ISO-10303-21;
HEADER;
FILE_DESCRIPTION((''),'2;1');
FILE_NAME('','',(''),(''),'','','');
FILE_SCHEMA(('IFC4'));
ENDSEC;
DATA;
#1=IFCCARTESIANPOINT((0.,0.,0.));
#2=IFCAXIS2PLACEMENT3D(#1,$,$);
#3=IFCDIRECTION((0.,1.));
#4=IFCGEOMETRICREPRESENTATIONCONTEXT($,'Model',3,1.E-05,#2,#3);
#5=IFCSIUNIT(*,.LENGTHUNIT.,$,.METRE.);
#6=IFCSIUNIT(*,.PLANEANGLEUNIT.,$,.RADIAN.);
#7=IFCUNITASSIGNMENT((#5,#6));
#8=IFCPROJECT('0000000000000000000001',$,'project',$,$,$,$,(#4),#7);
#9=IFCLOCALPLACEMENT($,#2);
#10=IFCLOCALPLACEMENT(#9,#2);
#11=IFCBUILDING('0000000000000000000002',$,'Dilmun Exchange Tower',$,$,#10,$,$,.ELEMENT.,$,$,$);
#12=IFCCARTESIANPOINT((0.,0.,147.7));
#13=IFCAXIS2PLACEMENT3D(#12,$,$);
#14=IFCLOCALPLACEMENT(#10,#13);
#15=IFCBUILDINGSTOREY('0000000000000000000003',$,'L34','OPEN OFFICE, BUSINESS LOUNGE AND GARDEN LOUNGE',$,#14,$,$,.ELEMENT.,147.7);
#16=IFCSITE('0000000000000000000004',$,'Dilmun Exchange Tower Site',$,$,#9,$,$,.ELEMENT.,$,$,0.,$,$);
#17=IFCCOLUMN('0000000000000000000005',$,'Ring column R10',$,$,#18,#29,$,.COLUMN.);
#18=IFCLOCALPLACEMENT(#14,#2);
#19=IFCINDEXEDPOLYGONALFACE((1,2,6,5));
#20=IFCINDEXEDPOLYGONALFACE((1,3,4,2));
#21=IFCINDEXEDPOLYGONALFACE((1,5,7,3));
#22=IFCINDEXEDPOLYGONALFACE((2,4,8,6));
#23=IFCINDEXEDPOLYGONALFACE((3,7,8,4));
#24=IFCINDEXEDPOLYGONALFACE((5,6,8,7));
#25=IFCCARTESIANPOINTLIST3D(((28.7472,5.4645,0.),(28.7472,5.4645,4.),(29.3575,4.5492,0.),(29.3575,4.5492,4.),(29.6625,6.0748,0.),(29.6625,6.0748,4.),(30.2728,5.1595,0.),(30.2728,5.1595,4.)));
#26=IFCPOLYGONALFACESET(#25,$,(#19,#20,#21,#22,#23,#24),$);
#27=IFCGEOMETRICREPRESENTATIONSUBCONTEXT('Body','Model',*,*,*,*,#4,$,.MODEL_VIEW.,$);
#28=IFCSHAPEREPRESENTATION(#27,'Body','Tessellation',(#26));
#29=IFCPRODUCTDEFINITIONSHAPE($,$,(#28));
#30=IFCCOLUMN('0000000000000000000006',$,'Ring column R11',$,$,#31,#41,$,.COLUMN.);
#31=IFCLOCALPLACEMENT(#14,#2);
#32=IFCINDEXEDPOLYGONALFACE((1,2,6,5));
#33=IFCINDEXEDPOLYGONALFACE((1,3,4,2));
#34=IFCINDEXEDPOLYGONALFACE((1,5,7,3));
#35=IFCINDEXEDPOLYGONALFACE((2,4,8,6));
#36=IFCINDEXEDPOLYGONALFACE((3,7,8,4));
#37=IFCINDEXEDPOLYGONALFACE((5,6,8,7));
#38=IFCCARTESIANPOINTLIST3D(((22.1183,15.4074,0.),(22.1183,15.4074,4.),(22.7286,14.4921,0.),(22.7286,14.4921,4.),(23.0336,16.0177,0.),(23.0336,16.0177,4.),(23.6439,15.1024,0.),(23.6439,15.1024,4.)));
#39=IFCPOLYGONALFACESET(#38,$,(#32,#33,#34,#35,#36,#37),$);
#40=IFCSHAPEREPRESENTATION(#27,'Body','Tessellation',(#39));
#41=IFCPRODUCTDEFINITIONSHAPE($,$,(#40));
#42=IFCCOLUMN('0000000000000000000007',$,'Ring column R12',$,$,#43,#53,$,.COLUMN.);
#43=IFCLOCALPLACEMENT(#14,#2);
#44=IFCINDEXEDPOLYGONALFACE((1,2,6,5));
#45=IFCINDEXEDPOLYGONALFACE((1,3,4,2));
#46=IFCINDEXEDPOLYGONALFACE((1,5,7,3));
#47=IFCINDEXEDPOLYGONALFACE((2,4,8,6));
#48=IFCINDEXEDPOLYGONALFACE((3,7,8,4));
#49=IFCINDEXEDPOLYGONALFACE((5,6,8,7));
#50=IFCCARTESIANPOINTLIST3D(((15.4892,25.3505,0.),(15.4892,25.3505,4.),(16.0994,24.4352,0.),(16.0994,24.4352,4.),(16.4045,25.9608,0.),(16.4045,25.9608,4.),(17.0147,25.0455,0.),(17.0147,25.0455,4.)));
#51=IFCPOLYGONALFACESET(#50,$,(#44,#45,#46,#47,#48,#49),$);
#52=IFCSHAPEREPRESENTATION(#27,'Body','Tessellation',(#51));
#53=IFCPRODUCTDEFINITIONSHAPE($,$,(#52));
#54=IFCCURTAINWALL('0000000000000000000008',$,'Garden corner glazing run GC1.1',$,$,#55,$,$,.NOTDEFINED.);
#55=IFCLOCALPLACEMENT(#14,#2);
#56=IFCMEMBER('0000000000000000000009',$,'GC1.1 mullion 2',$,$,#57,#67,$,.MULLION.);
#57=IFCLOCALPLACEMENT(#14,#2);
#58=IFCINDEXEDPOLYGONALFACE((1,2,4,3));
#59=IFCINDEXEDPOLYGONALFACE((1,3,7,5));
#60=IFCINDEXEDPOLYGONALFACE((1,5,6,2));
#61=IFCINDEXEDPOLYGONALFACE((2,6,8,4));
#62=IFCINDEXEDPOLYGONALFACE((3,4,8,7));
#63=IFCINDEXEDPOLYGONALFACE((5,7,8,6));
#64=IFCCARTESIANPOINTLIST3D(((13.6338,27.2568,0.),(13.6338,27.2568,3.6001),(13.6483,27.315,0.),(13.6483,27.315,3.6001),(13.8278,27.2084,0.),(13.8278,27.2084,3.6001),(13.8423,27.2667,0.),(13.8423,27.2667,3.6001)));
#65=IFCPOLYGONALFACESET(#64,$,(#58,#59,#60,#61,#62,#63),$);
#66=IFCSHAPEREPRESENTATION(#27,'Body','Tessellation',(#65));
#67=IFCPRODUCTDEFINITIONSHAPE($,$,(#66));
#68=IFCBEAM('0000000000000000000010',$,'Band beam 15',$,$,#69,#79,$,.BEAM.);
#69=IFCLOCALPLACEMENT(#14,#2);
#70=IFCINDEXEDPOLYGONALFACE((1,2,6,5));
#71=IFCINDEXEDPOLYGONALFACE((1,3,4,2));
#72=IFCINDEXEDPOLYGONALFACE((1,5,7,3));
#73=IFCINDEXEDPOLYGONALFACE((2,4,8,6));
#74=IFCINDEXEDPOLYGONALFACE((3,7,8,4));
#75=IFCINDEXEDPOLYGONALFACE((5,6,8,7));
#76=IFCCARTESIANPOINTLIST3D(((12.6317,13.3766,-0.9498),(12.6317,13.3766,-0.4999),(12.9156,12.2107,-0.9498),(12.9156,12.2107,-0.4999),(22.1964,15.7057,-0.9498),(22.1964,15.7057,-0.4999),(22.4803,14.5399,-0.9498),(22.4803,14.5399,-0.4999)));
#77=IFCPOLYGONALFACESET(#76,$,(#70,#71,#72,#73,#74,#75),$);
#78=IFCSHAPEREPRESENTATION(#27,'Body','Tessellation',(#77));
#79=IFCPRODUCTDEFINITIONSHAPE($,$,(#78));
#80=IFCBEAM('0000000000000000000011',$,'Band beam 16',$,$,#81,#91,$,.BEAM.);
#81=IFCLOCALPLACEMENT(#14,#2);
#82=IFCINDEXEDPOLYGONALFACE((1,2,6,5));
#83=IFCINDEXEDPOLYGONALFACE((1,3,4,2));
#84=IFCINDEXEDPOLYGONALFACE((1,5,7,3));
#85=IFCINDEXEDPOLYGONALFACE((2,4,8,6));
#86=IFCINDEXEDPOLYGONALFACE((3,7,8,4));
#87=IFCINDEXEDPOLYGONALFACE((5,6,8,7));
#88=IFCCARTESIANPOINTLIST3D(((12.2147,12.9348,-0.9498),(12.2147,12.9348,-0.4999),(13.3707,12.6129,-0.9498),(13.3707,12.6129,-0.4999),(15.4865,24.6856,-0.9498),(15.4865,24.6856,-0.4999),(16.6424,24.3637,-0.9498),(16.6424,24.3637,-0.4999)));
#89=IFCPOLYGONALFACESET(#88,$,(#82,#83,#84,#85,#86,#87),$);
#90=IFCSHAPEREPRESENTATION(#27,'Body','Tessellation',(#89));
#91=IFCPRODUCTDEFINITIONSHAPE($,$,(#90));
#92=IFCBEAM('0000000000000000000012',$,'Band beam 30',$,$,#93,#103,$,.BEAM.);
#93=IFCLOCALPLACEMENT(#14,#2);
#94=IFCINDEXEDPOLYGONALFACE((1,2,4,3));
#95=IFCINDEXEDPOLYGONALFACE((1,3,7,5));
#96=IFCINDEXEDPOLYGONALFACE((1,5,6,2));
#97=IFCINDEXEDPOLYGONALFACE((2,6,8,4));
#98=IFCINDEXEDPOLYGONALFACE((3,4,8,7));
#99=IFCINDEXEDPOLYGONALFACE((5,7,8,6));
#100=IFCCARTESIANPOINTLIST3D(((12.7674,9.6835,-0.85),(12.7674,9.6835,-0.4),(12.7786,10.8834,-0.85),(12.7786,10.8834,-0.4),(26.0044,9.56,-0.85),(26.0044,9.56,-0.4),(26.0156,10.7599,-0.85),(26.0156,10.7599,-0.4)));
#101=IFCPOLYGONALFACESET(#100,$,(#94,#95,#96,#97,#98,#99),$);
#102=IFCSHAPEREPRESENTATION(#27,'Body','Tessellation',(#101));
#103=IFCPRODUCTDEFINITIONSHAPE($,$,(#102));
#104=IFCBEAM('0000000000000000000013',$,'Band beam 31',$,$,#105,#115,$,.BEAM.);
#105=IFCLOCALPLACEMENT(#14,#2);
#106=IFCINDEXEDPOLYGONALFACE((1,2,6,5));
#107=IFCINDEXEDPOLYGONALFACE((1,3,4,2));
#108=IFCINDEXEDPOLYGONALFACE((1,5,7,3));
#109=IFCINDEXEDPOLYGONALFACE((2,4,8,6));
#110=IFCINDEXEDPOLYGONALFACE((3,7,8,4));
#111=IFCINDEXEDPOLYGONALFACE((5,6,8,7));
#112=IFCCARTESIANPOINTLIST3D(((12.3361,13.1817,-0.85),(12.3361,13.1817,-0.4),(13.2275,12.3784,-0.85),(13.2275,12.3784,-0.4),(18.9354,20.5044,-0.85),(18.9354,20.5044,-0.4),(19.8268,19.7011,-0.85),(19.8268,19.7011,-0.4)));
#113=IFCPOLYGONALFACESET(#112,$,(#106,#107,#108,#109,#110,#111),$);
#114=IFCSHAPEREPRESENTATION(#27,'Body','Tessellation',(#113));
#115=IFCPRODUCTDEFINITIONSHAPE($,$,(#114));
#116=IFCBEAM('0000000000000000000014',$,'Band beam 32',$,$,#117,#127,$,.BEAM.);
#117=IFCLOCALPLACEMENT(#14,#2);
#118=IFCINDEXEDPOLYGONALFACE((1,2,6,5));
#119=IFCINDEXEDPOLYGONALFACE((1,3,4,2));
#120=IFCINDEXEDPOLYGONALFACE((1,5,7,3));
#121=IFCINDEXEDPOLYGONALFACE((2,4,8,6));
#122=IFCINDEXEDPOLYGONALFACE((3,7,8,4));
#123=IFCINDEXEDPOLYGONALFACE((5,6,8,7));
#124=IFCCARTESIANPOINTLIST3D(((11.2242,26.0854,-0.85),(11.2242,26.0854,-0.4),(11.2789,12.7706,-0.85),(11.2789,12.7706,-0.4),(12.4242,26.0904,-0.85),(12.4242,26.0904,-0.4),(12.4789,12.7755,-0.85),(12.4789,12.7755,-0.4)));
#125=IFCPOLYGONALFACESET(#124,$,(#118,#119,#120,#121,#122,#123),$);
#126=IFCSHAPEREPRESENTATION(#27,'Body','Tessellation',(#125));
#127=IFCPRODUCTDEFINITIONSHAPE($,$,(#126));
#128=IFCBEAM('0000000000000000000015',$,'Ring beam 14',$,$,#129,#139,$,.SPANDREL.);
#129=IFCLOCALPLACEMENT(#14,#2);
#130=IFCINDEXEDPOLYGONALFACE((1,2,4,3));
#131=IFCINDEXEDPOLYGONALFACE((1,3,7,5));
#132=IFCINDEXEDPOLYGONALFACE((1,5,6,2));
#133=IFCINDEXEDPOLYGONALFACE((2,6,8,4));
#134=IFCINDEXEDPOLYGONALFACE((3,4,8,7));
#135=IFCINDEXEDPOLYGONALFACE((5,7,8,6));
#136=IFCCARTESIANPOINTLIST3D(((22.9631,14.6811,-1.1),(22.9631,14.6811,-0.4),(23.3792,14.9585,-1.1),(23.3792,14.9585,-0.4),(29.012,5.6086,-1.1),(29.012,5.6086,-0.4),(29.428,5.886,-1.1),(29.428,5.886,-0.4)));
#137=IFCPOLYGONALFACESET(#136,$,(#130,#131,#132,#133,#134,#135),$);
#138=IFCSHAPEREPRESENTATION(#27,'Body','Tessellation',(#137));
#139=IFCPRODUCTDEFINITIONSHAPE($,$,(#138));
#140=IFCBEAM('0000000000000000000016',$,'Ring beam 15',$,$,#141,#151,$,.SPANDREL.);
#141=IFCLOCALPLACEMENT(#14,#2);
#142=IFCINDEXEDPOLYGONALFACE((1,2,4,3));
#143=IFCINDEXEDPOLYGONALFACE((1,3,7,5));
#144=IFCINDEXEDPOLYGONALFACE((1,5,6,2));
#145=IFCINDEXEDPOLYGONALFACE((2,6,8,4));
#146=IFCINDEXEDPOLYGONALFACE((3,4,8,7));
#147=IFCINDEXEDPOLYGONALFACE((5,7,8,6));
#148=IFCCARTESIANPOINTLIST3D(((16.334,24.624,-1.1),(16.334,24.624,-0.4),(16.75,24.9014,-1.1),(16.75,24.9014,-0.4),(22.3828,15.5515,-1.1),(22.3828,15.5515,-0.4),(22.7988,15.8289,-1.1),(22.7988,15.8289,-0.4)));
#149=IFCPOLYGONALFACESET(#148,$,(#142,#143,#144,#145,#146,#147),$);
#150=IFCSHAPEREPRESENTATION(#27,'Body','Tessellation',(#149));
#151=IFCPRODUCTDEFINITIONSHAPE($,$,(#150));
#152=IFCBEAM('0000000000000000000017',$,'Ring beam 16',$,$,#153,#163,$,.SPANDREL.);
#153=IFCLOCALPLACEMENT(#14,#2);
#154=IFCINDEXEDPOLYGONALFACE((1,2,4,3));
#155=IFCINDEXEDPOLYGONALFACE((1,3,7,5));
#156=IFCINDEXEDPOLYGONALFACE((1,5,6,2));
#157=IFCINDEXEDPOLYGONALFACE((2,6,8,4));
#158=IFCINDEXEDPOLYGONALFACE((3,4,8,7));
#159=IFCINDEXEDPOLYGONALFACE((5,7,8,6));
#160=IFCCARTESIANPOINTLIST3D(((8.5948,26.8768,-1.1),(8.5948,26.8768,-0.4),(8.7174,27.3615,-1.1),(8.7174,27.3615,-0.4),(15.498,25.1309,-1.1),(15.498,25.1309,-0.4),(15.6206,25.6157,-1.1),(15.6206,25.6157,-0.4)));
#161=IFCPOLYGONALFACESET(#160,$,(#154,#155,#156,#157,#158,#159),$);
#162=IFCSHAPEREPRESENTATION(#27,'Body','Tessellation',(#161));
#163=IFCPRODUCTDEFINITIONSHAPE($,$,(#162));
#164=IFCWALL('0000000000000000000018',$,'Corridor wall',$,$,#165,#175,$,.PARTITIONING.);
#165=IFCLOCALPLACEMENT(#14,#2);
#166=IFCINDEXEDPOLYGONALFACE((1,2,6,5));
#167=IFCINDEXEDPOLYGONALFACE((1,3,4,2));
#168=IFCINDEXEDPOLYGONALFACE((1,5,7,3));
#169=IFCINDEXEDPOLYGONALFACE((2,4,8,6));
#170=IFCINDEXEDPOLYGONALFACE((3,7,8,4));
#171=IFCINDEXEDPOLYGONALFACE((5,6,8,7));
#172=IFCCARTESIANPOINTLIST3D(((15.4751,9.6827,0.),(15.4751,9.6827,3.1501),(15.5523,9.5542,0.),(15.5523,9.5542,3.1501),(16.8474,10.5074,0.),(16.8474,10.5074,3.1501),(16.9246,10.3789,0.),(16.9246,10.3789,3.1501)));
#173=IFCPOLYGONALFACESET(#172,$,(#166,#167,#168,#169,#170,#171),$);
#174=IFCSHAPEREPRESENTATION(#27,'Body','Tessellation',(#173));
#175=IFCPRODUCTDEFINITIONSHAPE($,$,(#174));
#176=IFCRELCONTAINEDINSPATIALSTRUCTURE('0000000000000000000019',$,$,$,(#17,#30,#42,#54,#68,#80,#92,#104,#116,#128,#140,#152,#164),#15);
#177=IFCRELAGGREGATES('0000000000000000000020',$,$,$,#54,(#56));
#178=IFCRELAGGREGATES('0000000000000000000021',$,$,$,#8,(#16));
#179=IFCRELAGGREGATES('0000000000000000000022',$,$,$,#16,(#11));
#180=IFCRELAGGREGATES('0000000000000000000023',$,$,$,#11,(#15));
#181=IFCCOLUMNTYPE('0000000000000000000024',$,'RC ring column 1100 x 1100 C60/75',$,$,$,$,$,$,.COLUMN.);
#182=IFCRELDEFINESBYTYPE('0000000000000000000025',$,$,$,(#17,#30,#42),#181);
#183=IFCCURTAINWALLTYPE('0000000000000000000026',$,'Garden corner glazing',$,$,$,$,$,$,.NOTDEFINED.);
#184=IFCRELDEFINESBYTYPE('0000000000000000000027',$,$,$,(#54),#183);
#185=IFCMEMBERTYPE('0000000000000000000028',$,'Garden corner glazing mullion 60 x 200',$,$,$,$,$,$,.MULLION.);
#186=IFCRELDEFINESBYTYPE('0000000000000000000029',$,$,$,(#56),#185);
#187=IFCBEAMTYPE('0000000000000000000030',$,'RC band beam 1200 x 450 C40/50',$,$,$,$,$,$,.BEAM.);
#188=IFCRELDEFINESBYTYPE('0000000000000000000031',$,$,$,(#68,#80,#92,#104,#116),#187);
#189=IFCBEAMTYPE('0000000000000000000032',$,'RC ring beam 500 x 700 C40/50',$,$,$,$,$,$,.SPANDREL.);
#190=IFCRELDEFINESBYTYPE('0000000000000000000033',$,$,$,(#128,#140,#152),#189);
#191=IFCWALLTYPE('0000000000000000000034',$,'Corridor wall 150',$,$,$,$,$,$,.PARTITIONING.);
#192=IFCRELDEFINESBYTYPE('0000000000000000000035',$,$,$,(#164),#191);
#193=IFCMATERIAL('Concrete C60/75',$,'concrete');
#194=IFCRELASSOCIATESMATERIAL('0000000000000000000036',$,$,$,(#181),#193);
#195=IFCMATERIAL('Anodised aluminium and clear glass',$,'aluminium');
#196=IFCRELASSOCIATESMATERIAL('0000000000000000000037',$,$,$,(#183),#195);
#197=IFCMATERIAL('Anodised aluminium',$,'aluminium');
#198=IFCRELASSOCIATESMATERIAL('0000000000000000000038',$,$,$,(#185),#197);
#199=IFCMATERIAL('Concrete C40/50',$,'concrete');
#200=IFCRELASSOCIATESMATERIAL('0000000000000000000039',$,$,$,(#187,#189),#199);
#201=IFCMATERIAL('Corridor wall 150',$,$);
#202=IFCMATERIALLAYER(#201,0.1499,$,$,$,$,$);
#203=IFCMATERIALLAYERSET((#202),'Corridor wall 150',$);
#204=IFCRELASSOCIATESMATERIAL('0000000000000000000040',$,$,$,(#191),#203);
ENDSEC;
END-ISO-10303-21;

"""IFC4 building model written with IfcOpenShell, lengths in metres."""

from ifc_helpers import new_model, si_unit, direction, frame, frame_2d, origin, origin_2d, place, context, subcontext, project, spatial, rectangle, extrude, material, layer, layer_set, material_profile, profile_set, type_object, element, aggregate, save


model = new_model("IFC4")

# Units and contexts
model_context = context("Model", 3, precision=1e-05, world=origin(), true_north=direction((0.0, 1.0)))
body_context = subcontext(model_context, "Body", "Model", "MODEL_VIEW")
ifc_project = project(units=[si_unit("LENGTHUNIT", "METRE"), si_unit("PLANEANGLEUNIT", "RADIAN")], contexts=[model_context])

# Site, building, storey
site_placement = place(None, origin())
site = spatial("IfcSite", under=ifc_project, at=site_placement, Name="Dilmun Exchange Tower Site", CompositionType="ELEMENT", RefElevation=0.0)
building_placement = place(site_placement, origin())
building = spatial("IfcBuilding", under=site, at=building_placement, Name="Dilmun Exchange Tower", CompositionType="ELEMENT")
storey_placement = place(building_placement, frame((0.0, 0.0, 147.7)))
storey = spatial("IfcBuildingStorey", under=building, at=storey_placement, Name="L34", Description="OPEN OFFICE, BUSINESS LOUNGE AND GARDEN LOUNGE", CompositionType="ELEMENT", Elevation=147.7)

# Columns
ifc_material_1 = material(Name="Concrete C60/75", Category="concrete")
ifc_material_profile_1 = material_profile(ifc_material_1, rectangle(XDim=1.1001, YDim=1.1001, at=origin_2d()), Name="1100 x 1100")
ifc_profile_set_1 = profile_set([ifc_material_profile_1], Name="Concrete C60/75")
column_type = type_object("IfcColumnType", Name="RC ring column 1100 x 1100 C60/75", PredefinedType="COLUMN", material=ifc_profile_set_1)
for number, where, z_axis, x_axis, name in (
    (1, (29.51, 5.312, 0.0), (0.0, 0.0, 1.0), (0.832029, 0.554733, 0.0), "Ring column R10"),
    (2, (22.8811, 15.2549, 0.0), (0.0, 0.0, 1.0), (0.832029, 0.554733, 0.0), "Ring column R11"),
    (3, (16.252, 25.198, 0.0), (0.0, 0.0, 1.0), (0.832029, 0.554733, 0.0), "Ring column R12"),
):
    element("IfcColumn", number, at=place(storey_placement, frame(where, z_axis=z_axis, x_axis=x_axis)), inside=storey, type_object=column_type, Name=name, PredefinedType="COLUMN", context=body_context, shape_type="SweptSolid", body=[
        extrude(rectangle(XDim=1.1001, YDim=1.1001, at=origin_2d()), origin(), (0.0, 0.0, 1.0), 4.0),
    ])

# Curtain wall, member
ifc_material_2 = material(Name="Anodised aluminium and clear glass", Category="aluminium")
curtain_wall_type = type_object("IfcCurtainWallType", Name="Garden corner glazing", PredefinedType="NOTDEFINED", material=ifc_material_2)
curtain_wall_placement = place(storey_placement, origin())
curtain_wall = element("IfcCurtainWall", 4, at=curtain_wall_placement, inside=storey, type_object=curtain_wall_type, Name="Garden corner glazing run GC1.1", PredefinedType="NOTDEFINED")
ifc_material_3 = material(Name="Anodised aluminium", Category="aluminium")
ifc_material_profile_2 = material_profile(ifc_material_3, rectangle(XDim=0.2, YDim=0.0601, at=origin_2d()), Name="AL 60x200")
ifc_profile_set_2 = profile_set([ifc_material_profile_2], Name="Anodised aluminium")
member_type = type_object("IfcMemberType", Name="Garden corner glazing mullion 60 x 200", PredefinedType="MULLION", material=ifc_profile_set_2)
member_placement = place(storey_placement, frame((13.738, 27.2617, 0.0), z_axis=(0.0, 0.0, 1.0), x_axis=(0.970298, -0.241914, 0.0)))
member = element("IfcMember", 5, at=member_placement, type_object=member_type, Name="GC1.1 mullion 2", PredefinedType="MULLION", context=body_context, shape_type="SweptSolid", body=[
    extrude(rectangle(XDim=0.2, YDim=0.0601, at=origin_2d()), origin(), (0.0, 0.0, 1.0), 3.6001),
])
aggregate(curtain_wall, [member])

# Beams
ifc_material_4 = material(Name="Concrete C40/50", Category="concrete")
ifc_material_profile_3 = material_profile(ifc_material_4, rectangle(XDim=1.2, YDim=0.45, at=origin_2d()), Name="1200 x 450")
ifc_profile_set_3 = profile_set([ifc_material_profile_3], Name="Concrete C40/50")
beam_type_1 = type_object("IfcBeamType", Name="RC band beam 1200 x 450 C40/50", PredefinedType="BEAM", material=ifc_profile_set_3)
beam_1_placement = place(storey_placement, frame((22.3384, 15.1228, -0.7249), z_axis=(-0.971608, -0.236596, 0.0), x_axis=(0.236596, -0.971608, 0.0)))
element("IfcBeam", 6, at=beam_1_placement, inside=storey, type_object=beam_type_1, Name="Band beam 15", PredefinedType="BEAM", context=body_context, shape_type="SweptSolid", body=[
    extrude(rectangle(XDim=1.2, YDim=0.45, at=origin_2d()), origin(), (0.0, 0.0, 1.0), 9.8442),
])
beam_2_placement = place(storey_placement, frame((16.0645, 24.5247, -0.7249), z_axis=(-0.268225, -0.963356, 0.0), x_axis=(0.963356, -0.268225, 0.0)))
element("IfcBeam", 7, at=beam_2_placement, inside=storey, type_object=beam_type_1, Name="Band beam 16", PredefinedType="BEAM", context=body_context, shape_type="SweptSolid", body=[
    extrude(rectangle(XDim=1.2, YDim=0.45, at=origin_2d()), origin(), (0.0, 0.0, 1.0), 12.1978),
])
beam_3_placement = place(storey_placement, frame((26.01, 10.1599, -0.625), z_axis=(-0.999956, 0.009332, 0.0), x_axis=(-0.009332, -0.999956, 0.0)))
element("IfcBeam", 8, at=beam_3_placement, inside=storey, type_object=beam_type_1, Name="Band beam 30", PredefinedType="BEAM", context=body_context, shape_type="SweptSolid", body=[
    extrude(rectangle(XDim=1.2, YDim=0.45, at=origin_2d()), origin(), (0.0, 0.0, 1.0), 13.2375),
])
beam_4_placement = place(storey_placement, frame((19.3811, 20.1028, -0.625), z_axis=(-0.669463, -0.742846, 0.0), x_axis=(0.742846, -0.669463, 0.0)))
element("IfcBeam", 9, at=beam_4_placement, inside=storey, type_object=beam_type_1, Name="Band beam 31", PredefinedType="BEAM", context=body_context, shape_type="SweptSolid", body=[
    extrude(rectangle(XDim=1.2, YDim=0.45, at=origin_2d()), origin(), (0.0, 0.0, 1.0), 9.8577),
])
beam_5_placement = place(storey_placement, frame((11.8242, 26.0879, -0.625), z_axis=(0.004107, -0.999992, 0.0), x_axis=(0.999992, 0.004107, 0.0)))
element("IfcBeam", 10, at=beam_5_placement, inside=storey, type_object=beam_type_1, Name="Band beam 32", PredefinedType="BEAM", context=body_context, shape_type="SweptSolid", body=[
    extrude(rectangle(XDim=1.2, YDim=0.45, at=origin_2d()), origin(), (0.0, 0.0, 1.0), 13.3149),
])
ifc_material_profile_4 = material_profile(ifc_material_4, rectangle(XDim=0.5, YDim=0.7, at=origin_2d()), Name="500 x 700")
ifc_profile_set_4 = profile_set([ifc_material_profile_4], Name="Concrete C40/50")
beam_type_2 = type_object("IfcBeamType", Name="RC ring beam 500 x 700 C40/50", PredefinedType="SPANDREL", material=ifc_profile_set_4)
for number, where, z_axis, x_axis, name in (
    (11, (29.22, 5.7473, -0.75), (-0.554731, 0.83203, 0.0), (-0.83203, -0.554731, 0.0), "Ring beam 14"),
    (12, (22.5908, 15.6902, -0.75), (-0.554731, 0.83203, 0.0), (-0.83203, -0.554731, 0.0), "Ring beam 15"),
):
    element("IfcBeam", number, at=place(storey_placement, frame(where, z_axis=z_axis, x_axis=x_axis)), inside=storey, type_object=beam_type_2, Name=name, PredefinedType="SPANDREL", context=body_context, shape_type="SweptSolid", body=[
        extrude(rectangle(XDim=0.5, YDim=0.7, at=origin_2d()), origin(), (0.0, 0.0, 1.0), 10.9041),
    ])
beam_6_placement = place(storey_placement, frame((15.5593, 25.3733, -0.75), z_axis=(-0.969477, 0.245181, 0.0), x_axis=(-0.245181, -0.969477, 0.0)))
element("IfcBeam", 13, at=beam_6_placement, inside=storey, type_object=beam_type_2, Name="Ring beam 16", PredefinedType="SPANDREL", context=body_context, shape_type="SweptSolid", body=[
    extrude(rectangle(XDim=0.5, YDim=0.7, at=origin_2d()), origin(), (0.0, 0.0, 1.0), 7.1206),
])

# Wall
ifc_material_5 = material(Name="Corridor wall 150")
ifc_layer_1 = layer(ifc_material_5, 0.1499)
ifc_layer_set_1 = layer_set([ifc_layer_1], Name="Corridor wall 150")
wall_type_1 = type_object("IfcWallType", Name="Corridor wall 150", PredefinedType="PARTITIONING", material=ifc_layer_set_1)
wall_1_placement = place(storey_placement, frame((15.5137, 9.6184, 0.0), z_axis=(0.0, 0.0, 1.0), x_axis=(0.857129, 0.515101, 0.0)))
element("IfcWall", 14, at=wall_1_placement, inside=storey, type_object=wall_type_1, Name="Corridor wall", PredefinedType="PARTITIONING", context=body_context, shape_type="SweptSolid", body=[
    extrude(rectangle(XDim=1.6011, YDim=0.1499, at=frame_2d((0.8005, 0.0))), origin(), (0.0, 0.0, 1.0), 3.1501),
])

save(model, "model.ifc")
